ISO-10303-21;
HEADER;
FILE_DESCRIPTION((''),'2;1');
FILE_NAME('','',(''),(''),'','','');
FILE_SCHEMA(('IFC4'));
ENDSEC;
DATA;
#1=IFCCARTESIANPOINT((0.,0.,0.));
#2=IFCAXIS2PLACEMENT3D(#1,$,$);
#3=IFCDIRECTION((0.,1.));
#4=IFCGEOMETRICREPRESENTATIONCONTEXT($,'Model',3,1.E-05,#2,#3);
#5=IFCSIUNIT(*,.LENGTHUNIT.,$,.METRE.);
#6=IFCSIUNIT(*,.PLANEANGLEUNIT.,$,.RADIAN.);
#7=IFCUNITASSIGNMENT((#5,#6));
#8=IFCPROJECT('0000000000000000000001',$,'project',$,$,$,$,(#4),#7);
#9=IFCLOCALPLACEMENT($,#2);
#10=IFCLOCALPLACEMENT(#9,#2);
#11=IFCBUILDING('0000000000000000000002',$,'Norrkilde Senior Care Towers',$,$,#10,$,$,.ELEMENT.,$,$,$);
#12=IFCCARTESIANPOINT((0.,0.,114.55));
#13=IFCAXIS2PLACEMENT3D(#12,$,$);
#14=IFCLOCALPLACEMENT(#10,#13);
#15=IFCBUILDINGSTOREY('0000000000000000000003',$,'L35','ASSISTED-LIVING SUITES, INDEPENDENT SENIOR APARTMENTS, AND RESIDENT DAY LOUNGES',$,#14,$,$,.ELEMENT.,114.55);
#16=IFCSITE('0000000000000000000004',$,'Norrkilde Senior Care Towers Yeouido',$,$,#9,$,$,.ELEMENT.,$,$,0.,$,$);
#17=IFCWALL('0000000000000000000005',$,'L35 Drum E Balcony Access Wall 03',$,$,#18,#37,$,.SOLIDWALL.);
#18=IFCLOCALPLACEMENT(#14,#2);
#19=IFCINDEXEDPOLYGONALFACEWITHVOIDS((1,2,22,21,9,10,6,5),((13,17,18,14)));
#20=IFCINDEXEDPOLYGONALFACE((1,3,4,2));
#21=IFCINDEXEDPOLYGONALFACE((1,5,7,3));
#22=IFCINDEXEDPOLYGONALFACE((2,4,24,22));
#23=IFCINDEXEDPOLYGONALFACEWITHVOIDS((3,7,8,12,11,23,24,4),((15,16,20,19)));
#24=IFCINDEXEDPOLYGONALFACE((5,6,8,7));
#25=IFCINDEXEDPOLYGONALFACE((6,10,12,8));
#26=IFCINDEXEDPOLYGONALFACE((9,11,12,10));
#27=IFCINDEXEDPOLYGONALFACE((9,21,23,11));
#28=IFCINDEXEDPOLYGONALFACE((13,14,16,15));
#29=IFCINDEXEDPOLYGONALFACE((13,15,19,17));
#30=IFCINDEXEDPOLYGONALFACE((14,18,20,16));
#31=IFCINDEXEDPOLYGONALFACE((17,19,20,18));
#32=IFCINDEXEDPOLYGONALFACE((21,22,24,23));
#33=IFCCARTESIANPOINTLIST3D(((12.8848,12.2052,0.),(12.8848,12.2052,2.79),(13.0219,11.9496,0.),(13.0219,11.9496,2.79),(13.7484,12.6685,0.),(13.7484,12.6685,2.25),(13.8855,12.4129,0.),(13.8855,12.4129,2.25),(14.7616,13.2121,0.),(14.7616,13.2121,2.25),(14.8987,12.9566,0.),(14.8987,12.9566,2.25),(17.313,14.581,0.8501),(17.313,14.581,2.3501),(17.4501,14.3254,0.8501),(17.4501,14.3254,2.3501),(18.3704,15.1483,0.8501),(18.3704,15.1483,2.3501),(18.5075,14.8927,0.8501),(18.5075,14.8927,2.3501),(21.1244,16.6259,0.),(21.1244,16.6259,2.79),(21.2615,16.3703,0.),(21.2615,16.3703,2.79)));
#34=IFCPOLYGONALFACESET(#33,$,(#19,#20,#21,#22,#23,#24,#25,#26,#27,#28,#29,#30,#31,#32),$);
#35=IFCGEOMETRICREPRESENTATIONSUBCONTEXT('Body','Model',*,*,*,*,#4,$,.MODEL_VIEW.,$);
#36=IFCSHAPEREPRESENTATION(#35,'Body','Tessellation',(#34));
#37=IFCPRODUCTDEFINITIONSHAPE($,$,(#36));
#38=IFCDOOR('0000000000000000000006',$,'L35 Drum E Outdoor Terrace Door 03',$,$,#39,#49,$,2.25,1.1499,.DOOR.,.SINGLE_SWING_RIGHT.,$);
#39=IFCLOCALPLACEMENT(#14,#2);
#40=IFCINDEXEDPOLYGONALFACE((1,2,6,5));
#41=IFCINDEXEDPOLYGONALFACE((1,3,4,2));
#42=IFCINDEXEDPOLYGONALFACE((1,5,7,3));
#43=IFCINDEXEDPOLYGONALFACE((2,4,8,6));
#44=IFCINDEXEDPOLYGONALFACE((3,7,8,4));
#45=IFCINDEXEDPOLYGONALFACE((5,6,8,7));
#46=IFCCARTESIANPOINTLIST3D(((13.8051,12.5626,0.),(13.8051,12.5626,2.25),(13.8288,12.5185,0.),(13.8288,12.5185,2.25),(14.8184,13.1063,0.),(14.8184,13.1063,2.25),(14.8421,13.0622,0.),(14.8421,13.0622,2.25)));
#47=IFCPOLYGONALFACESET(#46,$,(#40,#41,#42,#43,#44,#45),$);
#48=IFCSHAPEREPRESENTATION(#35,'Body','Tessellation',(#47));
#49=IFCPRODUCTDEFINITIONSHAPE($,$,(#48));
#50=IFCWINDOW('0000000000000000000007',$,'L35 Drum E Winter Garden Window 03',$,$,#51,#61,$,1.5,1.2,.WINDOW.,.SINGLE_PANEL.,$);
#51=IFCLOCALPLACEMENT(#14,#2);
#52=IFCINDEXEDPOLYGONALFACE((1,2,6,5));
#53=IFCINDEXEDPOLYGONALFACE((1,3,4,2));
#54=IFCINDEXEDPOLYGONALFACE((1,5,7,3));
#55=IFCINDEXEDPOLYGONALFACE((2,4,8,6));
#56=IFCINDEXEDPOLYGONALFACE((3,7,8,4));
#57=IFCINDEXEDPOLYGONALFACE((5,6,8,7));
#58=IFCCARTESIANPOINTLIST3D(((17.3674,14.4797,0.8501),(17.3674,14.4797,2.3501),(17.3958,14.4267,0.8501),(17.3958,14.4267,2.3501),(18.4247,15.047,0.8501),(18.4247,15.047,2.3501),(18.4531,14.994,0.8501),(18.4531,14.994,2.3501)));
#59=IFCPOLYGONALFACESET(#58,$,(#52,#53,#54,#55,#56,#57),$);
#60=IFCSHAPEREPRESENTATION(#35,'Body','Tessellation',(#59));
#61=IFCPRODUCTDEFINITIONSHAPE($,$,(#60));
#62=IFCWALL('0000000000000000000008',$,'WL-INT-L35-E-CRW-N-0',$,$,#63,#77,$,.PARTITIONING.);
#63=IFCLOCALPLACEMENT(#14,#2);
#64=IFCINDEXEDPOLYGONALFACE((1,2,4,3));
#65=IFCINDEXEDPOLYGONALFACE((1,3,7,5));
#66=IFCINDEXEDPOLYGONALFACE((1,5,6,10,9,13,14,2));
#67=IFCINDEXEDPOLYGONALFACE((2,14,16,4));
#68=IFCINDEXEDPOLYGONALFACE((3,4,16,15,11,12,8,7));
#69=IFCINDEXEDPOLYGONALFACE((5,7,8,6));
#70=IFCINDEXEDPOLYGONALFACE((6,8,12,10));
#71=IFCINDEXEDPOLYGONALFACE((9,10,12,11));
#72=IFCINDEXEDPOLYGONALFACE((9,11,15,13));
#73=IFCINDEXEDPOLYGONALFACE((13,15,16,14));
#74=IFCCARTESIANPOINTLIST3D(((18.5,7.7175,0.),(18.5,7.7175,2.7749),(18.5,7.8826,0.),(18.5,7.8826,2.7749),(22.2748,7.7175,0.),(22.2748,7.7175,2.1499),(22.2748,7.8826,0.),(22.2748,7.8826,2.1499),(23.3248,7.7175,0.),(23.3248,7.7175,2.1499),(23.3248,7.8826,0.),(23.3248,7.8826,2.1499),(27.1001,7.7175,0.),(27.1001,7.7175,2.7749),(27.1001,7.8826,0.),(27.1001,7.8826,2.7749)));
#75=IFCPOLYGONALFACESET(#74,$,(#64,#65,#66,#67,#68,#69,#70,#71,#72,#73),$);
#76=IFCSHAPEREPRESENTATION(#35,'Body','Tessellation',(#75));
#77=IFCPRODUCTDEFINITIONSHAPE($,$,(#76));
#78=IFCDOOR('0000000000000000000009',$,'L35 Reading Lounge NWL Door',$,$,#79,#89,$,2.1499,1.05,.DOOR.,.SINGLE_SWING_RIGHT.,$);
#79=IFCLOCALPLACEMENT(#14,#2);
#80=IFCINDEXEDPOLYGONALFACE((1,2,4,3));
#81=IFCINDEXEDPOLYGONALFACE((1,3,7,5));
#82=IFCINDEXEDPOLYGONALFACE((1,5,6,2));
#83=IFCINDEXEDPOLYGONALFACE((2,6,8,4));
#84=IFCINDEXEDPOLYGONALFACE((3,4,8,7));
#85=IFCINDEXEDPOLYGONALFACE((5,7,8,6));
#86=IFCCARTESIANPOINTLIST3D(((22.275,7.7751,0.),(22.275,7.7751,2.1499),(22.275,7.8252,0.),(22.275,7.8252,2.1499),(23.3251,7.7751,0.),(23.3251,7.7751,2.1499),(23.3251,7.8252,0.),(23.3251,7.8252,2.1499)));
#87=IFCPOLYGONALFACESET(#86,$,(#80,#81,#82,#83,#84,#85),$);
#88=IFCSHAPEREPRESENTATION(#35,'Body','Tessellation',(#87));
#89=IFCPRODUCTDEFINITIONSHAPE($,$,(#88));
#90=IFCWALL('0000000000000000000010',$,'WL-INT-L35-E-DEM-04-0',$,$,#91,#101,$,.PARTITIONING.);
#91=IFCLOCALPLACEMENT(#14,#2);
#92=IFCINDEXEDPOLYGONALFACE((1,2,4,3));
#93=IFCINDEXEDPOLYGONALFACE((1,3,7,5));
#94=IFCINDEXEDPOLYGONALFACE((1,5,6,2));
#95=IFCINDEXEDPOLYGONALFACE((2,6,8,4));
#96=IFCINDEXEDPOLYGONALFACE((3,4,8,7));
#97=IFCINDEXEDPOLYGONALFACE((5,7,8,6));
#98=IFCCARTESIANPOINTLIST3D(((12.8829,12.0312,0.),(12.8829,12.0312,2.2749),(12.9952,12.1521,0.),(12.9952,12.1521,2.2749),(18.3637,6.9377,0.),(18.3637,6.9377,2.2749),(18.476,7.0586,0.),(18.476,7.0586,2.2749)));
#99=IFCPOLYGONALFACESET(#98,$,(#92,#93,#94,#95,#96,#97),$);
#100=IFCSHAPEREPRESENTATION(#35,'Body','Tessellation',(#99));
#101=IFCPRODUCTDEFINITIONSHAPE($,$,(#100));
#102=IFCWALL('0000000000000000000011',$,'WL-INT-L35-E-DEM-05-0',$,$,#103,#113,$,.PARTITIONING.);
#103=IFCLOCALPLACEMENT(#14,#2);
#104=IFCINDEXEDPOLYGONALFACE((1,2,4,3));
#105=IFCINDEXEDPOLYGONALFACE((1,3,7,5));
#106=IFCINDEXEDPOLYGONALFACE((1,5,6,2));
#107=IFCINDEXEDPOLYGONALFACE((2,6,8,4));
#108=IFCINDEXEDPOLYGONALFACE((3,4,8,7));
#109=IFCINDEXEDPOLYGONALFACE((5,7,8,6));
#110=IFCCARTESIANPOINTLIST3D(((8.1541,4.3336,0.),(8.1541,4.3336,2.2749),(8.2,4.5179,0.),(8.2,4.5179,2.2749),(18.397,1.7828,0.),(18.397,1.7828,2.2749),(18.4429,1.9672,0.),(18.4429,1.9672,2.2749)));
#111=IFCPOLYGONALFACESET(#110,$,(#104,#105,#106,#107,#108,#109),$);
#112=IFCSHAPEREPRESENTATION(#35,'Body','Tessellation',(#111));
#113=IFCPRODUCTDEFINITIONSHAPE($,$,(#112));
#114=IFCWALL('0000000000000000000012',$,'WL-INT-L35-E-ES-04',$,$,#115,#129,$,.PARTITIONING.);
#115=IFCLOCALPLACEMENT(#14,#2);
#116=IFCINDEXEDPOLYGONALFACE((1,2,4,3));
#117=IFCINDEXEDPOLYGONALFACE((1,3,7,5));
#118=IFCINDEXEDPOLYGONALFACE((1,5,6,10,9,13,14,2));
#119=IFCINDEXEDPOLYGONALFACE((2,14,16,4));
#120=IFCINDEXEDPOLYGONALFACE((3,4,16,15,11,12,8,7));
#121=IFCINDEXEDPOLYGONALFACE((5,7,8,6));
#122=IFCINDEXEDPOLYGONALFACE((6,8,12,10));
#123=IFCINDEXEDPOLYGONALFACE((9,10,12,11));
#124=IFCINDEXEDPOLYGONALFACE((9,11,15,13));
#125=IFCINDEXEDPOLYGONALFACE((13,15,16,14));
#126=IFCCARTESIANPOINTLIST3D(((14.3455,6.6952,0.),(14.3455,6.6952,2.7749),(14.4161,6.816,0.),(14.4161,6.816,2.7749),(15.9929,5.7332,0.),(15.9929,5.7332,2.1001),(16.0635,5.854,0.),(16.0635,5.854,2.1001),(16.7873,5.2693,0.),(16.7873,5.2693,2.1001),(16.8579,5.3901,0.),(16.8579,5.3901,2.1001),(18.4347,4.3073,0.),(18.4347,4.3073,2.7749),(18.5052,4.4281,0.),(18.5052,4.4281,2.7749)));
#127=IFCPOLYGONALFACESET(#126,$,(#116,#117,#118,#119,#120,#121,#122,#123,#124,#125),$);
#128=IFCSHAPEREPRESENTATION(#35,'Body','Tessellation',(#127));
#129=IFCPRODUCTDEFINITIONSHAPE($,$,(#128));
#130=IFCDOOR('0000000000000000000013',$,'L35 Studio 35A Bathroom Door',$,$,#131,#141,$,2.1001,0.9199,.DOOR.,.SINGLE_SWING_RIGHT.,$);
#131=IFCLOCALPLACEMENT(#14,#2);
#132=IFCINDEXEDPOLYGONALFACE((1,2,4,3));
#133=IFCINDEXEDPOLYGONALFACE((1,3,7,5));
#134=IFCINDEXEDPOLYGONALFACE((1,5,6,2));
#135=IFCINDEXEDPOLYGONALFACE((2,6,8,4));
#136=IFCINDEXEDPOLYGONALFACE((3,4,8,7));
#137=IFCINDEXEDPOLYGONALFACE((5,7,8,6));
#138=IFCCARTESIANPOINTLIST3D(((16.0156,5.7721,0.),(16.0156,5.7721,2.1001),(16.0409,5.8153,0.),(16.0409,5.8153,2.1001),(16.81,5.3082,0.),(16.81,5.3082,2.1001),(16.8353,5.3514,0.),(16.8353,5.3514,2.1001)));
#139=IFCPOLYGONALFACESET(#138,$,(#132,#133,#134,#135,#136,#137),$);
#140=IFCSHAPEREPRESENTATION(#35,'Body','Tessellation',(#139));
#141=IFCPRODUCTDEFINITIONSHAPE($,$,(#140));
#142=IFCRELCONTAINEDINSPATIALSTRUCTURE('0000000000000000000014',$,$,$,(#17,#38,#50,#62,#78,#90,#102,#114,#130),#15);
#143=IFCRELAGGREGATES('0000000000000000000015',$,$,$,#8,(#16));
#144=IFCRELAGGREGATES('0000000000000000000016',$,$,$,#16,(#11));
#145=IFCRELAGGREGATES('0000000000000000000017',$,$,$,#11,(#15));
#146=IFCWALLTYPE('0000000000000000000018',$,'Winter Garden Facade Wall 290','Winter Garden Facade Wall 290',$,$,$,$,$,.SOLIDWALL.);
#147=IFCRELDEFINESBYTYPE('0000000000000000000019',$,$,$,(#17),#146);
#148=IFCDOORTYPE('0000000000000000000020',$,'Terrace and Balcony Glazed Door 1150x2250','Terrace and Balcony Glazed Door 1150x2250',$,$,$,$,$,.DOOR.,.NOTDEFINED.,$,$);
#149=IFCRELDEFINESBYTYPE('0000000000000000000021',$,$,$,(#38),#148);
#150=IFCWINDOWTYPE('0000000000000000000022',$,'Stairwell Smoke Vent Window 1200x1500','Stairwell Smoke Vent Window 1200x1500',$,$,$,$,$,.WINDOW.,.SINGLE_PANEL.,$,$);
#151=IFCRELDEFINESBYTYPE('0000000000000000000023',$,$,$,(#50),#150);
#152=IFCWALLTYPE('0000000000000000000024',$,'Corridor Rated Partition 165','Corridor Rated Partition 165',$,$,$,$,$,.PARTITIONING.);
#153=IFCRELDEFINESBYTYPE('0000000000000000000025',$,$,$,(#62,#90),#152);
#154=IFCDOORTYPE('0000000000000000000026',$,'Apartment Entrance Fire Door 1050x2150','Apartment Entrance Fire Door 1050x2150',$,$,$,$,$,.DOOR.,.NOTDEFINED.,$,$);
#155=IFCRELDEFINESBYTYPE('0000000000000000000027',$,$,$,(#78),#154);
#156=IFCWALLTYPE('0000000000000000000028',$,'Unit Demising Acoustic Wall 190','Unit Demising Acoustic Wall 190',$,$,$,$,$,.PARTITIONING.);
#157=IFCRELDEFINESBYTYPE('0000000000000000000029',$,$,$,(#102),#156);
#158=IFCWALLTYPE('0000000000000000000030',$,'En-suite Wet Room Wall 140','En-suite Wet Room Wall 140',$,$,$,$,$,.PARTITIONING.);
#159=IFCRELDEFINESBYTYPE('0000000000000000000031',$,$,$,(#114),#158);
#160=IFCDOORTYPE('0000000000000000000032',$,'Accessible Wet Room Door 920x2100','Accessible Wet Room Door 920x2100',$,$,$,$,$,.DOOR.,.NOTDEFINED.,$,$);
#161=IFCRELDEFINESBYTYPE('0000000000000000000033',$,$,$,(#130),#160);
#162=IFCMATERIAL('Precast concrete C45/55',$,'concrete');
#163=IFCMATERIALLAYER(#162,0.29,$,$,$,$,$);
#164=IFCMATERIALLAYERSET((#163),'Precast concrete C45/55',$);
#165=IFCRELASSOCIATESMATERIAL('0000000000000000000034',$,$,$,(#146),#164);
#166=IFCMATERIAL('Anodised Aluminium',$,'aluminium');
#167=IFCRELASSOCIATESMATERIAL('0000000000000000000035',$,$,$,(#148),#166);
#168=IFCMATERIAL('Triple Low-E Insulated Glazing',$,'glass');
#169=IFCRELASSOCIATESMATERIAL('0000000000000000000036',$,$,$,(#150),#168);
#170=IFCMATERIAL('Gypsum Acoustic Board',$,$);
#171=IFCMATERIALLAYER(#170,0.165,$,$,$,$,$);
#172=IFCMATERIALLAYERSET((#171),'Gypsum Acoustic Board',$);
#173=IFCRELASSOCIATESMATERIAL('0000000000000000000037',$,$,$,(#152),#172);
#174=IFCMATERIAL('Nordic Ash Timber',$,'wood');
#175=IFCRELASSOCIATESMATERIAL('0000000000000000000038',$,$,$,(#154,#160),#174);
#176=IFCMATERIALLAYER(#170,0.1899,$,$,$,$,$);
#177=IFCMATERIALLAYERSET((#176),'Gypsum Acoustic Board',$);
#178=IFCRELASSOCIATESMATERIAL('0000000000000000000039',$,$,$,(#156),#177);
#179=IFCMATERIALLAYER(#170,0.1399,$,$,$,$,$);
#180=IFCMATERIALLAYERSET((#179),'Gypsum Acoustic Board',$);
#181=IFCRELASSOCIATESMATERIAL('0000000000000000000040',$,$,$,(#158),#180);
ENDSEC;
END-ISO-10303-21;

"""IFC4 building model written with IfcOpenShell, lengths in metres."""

from ifc_helpers import new_model, si_unit, direction, frame, frame_2d, origin, place, context, subcontext, project, spatial, rectangle, extrude, source, transform, mapped, material, layer, layer_set, type_object, type_shapes, element, fill, save


model = new_model("IFC4")

# Units and contexts
model_context = context("Model", 3, precision=1e-05, world=origin(), true_north=direction((0.0, 1.0)))
body_context = subcontext(model_context, "Body", "Model", "MODEL_VIEW")
ifc_project = project(units=[si_unit("LENGTHUNIT", "METRE"), si_unit("PLANEANGLEUNIT", "RADIAN")], contexts=[model_context])

# Site, building, storey
site_placement = place(None, origin())
site = spatial("IfcSite", under=ifc_project, at=site_placement, Name="Norrkilde Senior Care Towers Yeouido", CompositionType="ELEMENT", RefElevation=0.0)
building_placement = place(site_placement, origin())
building = spatial("IfcBuilding", under=site, at=building_placement, Name="Norrkilde Senior Care Towers", CompositionType="ELEMENT")
storey_placement = place(building_placement, frame((0.0, 0.0, 114.55)))
storey = spatial("IfcBuildingStorey", under=building, at=storey_placement, Name="L35", Description="ASSISTED-LIVING SUITES, INDEPENDENT SENIOR APARTMENTS, AND RESIDENT DAY LOUNGES", CompositionType="ELEMENT", Elevation=114.55)

# Shared definitions
ifc_material_1 = material(Name="Triple Low-E Insulated Glazing", Category="glass")
ifc_material_2 = material(Name="Anodised Aluminium", Category="aluminium")

# Wall, openings, door, window
ifc_material_3 = material(Name="Precast concrete C45/55", Category="concrete")
ifc_layer_1 = layer(ifc_material_3, 0.29)
ifc_layer_set_1 = layer_set([ifc_layer_1], Name="Precast concrete C45/55")
wall_type_1 = type_object("IfcWallType", Name="Winter Garden Facade Wall 290", Description="Winter Garden Facade Wall 290", PredefinedType="SOLIDWALL", material=ifc_layer_set_1)
shared_shape_1 = source(origin(), body_context, "Body", "SweptSolid", [
    extrude(rectangle(XDim=9.3506, YDim=0.29, at=frame_2d((4.6753, 0.0))), origin(), (0.0, 0.0, 1.0), 2.79),
])
type_shapes(wall_type_1, [shared_shape_1])
wall_1_placement = place(storey_placement, frame((12.9534, 12.0774, 0.0), z_axis=(0.0, 0.0, 1.0), x_axis=(0.881184, 0.472773, 0.0)))
wall_1 = element("IfcWall", 1, at=wall_1_placement, inside=storey, type_object=wall_type_1, Name="L35 Drum E Balcony Access Wall 03", PredefinedType="SOLIDWALL", context=body_context, shape_type="MappedRepresentation", body=[
    mapped(shared_shape_1, transform((0.0, 0.0, 0.0), x_axis=(1.0, 0.0, 0.0), y_axis=(0.0, 1.0, 0.0), z_axis=(0.0, 0.0, 1.0), scale=1.0)),
])
opening_1_placement = place(wall_1_placement, frame((0.98, 0.0, 0.0)))
opening_1 = element("IfcOpeningElement", 2, at=opening_1_placement, cuts=wall_1, PredefinedType="OPENING", context=body_context, shape_type="SweptSolid", body=[
    extrude(rectangle(XDim=1.1499, YDim=2.25, at=frame_2d((0.575, 1.125))), frame((0.0, 0.155, 0.0), z_axis=(0.0, -1.0, 0.0), x_axis=(1.0, 0.0, 0.0)), (0.0, 0.0, 1.0), 0.3101),
])
opening_2_placement = place(wall_1_placement, frame((5.0251, 0.0, 0.8501)))
opening_2 = element("IfcOpeningElement", 3, at=opening_2_placement, cuts=wall_1, PredefinedType="OPENING", context=body_context, shape_type="SweptSolid", body=[
    extrude(rectangle(XDim=1.2, YDim=1.5, at=frame_2d((0.6001, 0.75))), frame((0.0, 0.155, 0.0), z_axis=(0.0, -1.0, 0.0), x_axis=(1.0, 0.0, 0.0)), (0.0, 0.0, 1.0), 0.3101),
])
door_type_1 = type_object("IfcDoorType", Name="Terrace and Balcony Glazed Door 1150x2250", Description="Terrace and Balcony Glazed Door 1150x2250", OperationType="NOTDEFINED", PredefinedType="DOOR", material=ifc_material_2)
shared_shape_2 = source(origin(), body_context, "Body", "SweptSolid", [
    extrude(rectangle(XDim=1.1499, YDim=2.25, at=frame_2d((0.575, 1.125))), frame((0.0, 0.0249, 0.0), z_axis=(0.0, -1.0, 0.0), x_axis=(1.0, 0.0, 0.0)), (0.0, 0.0, 1.0), 0.05),
])
type_shapes(door_type_1, [shared_shape_2])
door_1_placement = place(opening_1_placement, origin())
door_1 = element("IfcDoor", 4, at=door_1_placement, inside=storey, type_object=door_type_1, Name="L35 Drum E Outdoor Terrace Door 03", OperationType="SINGLE_SWING_RIGHT", OverallHeight=2.25, OverallWidth=1.1499, PredefinedType="DOOR", context=body_context, shape_type="MappedRepresentation", body=[
    mapped(shared_shape_2, transform((0.0, 0.0, 0.0), x_axis=(1.0, 0.0, 0.0), y_axis=(0.0, 1.0, 0.0), z_axis=(0.0, 0.0, 1.0), scale=1.0)),
])
fill(opening_1, door_1)
window_type = type_object("IfcWindowType", Name="Stairwell Smoke Vent Window 1200x1500", Description="Stairwell Smoke Vent Window 1200x1500", PartitioningType="SINGLE_PANEL", PredefinedType="WINDOW", material=ifc_material_1)
shared_shape_3 = source(origin(), body_context, "Body", "SweptSolid", [
    extrude(rectangle(XDim=1.2, YDim=1.5, at=frame_2d((0.6001, 0.75))), frame((0.0, 0.03, 0.0), z_axis=(0.0, -1.0, 0.0), x_axis=(1.0, 0.0, 0.0)), (0.0, 0.0, 1.0), 0.0601),
])
type_shapes(window_type, [shared_shape_3])
window_placement = place(opening_2_placement, origin())
window = element("IfcWindow", 5, at=window_placement, inside=storey, type_object=window_type, Name="L35 Drum E Winter Garden Window 03", OverallHeight=1.5, OverallWidth=1.2, PartitioningType="SINGLE_PANEL", PredefinedType="WINDOW", context=body_context, shape_type="MappedRepresentation", body=[
    mapped(shared_shape_3, transform((0.0, 0.0, 0.0), x_axis=(1.0, 0.0, 0.0), y_axis=(0.0, 1.0, 0.0), z_axis=(0.0, 0.0, 1.0), scale=1.0)),
])
fill(opening_2, window)

# Wall, opening, door
ifc_material_4 = material(Name="Gypsum Acoustic Board")
ifc_layer_2 = layer(ifc_material_4, 0.165)
ifc_layer_set_2 = layer_set([ifc_layer_2], Name="Gypsum Acoustic Board")
wall_type_2 = type_object("IfcWallType", Name="Corridor Rated Partition 165", Description="Corridor Rated Partition 165", PredefinedType="PARTITIONING", material=ifc_layer_set_2)
shared_shape_4 = source(origin(), body_context, "Body", "SweptSolid", [
    extrude(rectangle(XDim=8.6001, YDim=0.165, at=frame_2d((4.3, 0.0))), origin(), (0.0, 0.0, 1.0), 2.7749),
])
wall_2_placement = place(storey_placement, frame((18.5, 7.8, 0.0), z_axis=(0.0, 0.0, 1.0), x_axis=(1.0, 0.0, 0.0)))
wall_2 = element("IfcWall", 6, at=wall_2_placement, inside=storey, type_object=wall_type_2, Name="WL-INT-L35-E-CRW-N-0", PredefinedType="PARTITIONING", context=body_context, shape_type="MappedRepresentation", body=[
    mapped(shared_shape_4, transform((0.0, 0.0, 0.0), x_axis=(1.0, 0.0, 0.0), y_axis=(0.0, 1.0, 0.0), z_axis=(0.0, 0.0, 1.0), scale=1.0)),
])
opening_3_placement = place(wall_2_placement, frame((3.7749, 0.0, 0.0)))
opening_3 = element("IfcOpeningElement", 7, at=opening_3_placement, cuts=wall_2, PredefinedType="OPENING", context=body_context, shape_type="SweptSolid", body=[
    extrude(rectangle(XDim=1.05, YDim=2.1499, at=frame_2d((0.5249, 1.075))), frame((0.0, 0.0925, 0.0), z_axis=(0.0, -1.0, 0.0), x_axis=(1.0, 0.0, 0.0)), (0.0, 0.0, 1.0), 0.1851),
])
ifc_material_5 = material(Name="Nordic Ash Timber", Category="wood")
door_type_2 = type_object("IfcDoorType", Name="Apartment Entrance Fire Door 1050x2150", Description="Apartment Entrance Fire Door 1050x2150", OperationType="NOTDEFINED", PredefinedType="DOOR", material=ifc_material_5)
shared_shape_5 = source(origin(), body_context, "Body", "SweptSolid", [
    extrude(rectangle(XDim=1.05, YDim=2.1499, at=frame_2d((0.5249, 1.075))), frame((0.0, 0.0249, 0.0), z_axis=(0.0, -1.0, 0.0), x_axis=(1.0, 0.0, 0.0)), (0.0, 0.0, 1.0), 0.05),
])
type_shapes(door_type_2, [shared_shape_5])
door_2_placement = place(opening_3_placement, frame((1.05, 0.0, 0.0), z_axis=(0.0, 0.0, 1.0), x_axis=(-1.0, 0.0, 0.0)))
door_2 = element("IfcDoor", 8, at=door_2_placement, inside=storey, type_object=door_type_2, Name="L35 Reading Lounge NWL Door", OperationType="SINGLE_SWING_RIGHT", OverallHeight=2.1499, OverallWidth=1.05, PredefinedType="DOOR", context=body_context, shape_type="MappedRepresentation", body=[
    mapped(shared_shape_5, transform((0.0, 0.0, 0.0), x_axis=(1.0, 0.0, 0.0), y_axis=(0.0, 1.0, 0.0), z_axis=(0.0, 0.0, 1.0), scale=1.0)),
])
fill(opening_3, door_2)

# Walls
shared_shape_6 = source(origin(), body_context, "Body", "SweptSolid", [
    extrude(rectangle(XDim=7.4822, YDim=0.165, at=frame_2d((3.7412, 0.0))), origin(), (0.0, 0.0, 1.0), 2.2749),
])
type_shapes(wall_type_2, [shared_shape_4, shared_shape_6])
wall_3_placement = place(storey_placement, frame((18.4199, 6.998, 0.0), z_axis=(0.0, 0.0, 1.0), x_axis=(-0.732509, 0.680758, 0.0)))
element("IfcWall", 9, at=wall_3_placement, inside=storey, type_object=wall_type_2, Name="WL-INT-L35-E-DEM-04-0", PredefinedType="PARTITIONING", context=body_context, shape_type="MappedRepresentation", body=[
    mapped(shared_shape_6, transform((0.0, 0.0, 0.0), x_axis=(1.0, 0.0, 0.0), y_axis=(0.0, 1.0, 0.0), z_axis=(0.0, 0.0, 1.0), scale=1.0)),
])
ifc_layer_3 = layer(ifc_material_4, 0.1899)
ifc_layer_set_3 = layer_set([ifc_layer_3], Name="Gypsum Acoustic Board")
wall_type_3 = type_object("IfcWallType", Name="Unit Demising Acoustic Wall 190", Description="Unit Demising Acoustic Wall 190", PredefinedType="PARTITIONING", material=ifc_layer_set_3)
shared_shape_7 = source(origin(), body_context, "Body", "SweptSolid", [
    extrude(rectangle(XDim=10.5557, YDim=0.1899, at=frame_2d((5.2778, 0.0))), origin(), (0.0, 0.0, 1.0), 2.2749),
])
type_shapes(wall_type_3, [shared_shape_7])
wall_4_placement = place(storey_placement, frame((18.4199, 1.875, 0.0), z_axis=(0.0, 0.0, 1.0), x_axis=(-0.970364, 0.241648, 0.0)))
element("IfcWall", 10, at=wall_4_placement, inside=storey, type_object=wall_type_3, Name="WL-INT-L35-E-DEM-05-0", PredefinedType="PARTITIONING", context=body_context, shape_type="MappedRepresentation", body=[
    mapped(shared_shape_7, transform((0.0, 0.0, 0.0), x_axis=(1.0, 0.0, 0.0), y_axis=(0.0, 1.0, 0.0), z_axis=(0.0, 0.0, 1.0), scale=1.0)),
])

# Wall, opening, door
ifc_layer_4 = layer(ifc_material_4, 0.1399)
ifc_layer_set_4 = layer_set([ifc_layer_4], Name="Gypsum Acoustic Board")
wall_type_4 = type_object("IfcWallType", Name="En-suite Wet Room Wall 140", Description="En-suite Wet Room Wall 140", PredefinedType="PARTITIONING", material=ifc_layer_set_4)
shared_shape_8 = source(origin(), body_context, "Body", "SweptSolid", [
    extrude(rectangle(XDim=4.7354, YDim=0.1399, at=frame_2d((2.3677, 0.0))), origin(), (0.0, 0.0, 1.0), 2.7749),
])
wall_5_placement = place(storey_placement, frame((18.47, 4.3677, 0.0), z_axis=(0.0, 0.0, 1.0), x_axis=(-0.863538, 0.504284, 0.0)))
wall_5 = element("IfcWall", 11, at=wall_5_placement, inside=storey, type_object=wall_type_4, Name="WL-INT-L35-E-ES-04", PredefinedType="PARTITIONING", context=body_context, shape_type="MappedRepresentation", body=[
    mapped(shared_shape_8, transform((0.0, 0.0, 0.0), x_axis=(1.0, 0.0, 0.0), y_axis=(0.0, 1.0, 0.0), z_axis=(0.0, 0.0, 1.0), scale=1.0)),
])
opening_4_placement = place(wall_5_placement, frame((1.9077, 0.0, 0.0)))
opening_4 = element("IfcOpeningElement", 12, at=opening_4_placement, cuts=wall_5, PredefinedType="OPENING", context=body_context, shape_type="SweptSolid", body=[
    extrude(rectangle(XDim=0.9199, YDim=2.1001, at=frame_2d((0.46, 1.05))), frame((0.0, 0.0798, 0.0), z_axis=(0.0, -1.0, 0.0), x_axis=(1.0, 0.0, 0.0)), (0.0, 0.0, 1.0), 0.1599),
])
door_type_3 = type_object("IfcDoorType", Name="Accessible Wet Room Door 920x2100", Description="Accessible Wet Room Door 920x2100", OperationType="NOTDEFINED", PredefinedType="DOOR", material=ifc_material_5)
shared_shape_9 = source(origin(), body_context, "Body", "SweptSolid", [
    extrude(rectangle(XDim=0.9199, YDim=2.1001, at=frame_2d((0.46, 1.05))), frame((0.0, 0.0249, 0.0), z_axis=(0.0, -1.0, 0.0), x_axis=(1.0, 0.0, 0.0)), (0.0, 0.0, 1.0), 0.05),
])
type_shapes(door_type_3, [shared_shape_9])
door_3_placement = place(opening_4_placement, origin())
door_3 = element("IfcDoor", 13, at=door_3_placement, inside=storey, type_object=door_type_3, Name="L35 Studio 35A Bathroom Door", OperationType="SINGLE_SWING_RIGHT", OverallHeight=2.1001, OverallWidth=0.9199, PredefinedType="DOOR", context=body_context, shape_type="MappedRepresentation", body=[
    mapped(shared_shape_9, transform((0.0, 0.0, 0.0), x_axis=(1.0, 0.0, 0.0), y_axis=(0.0, 1.0, 0.0), z_axis=(0.0, 0.0, 1.0), scale=1.0)),
])
fill(opening_4, door_3)

save(model, "model.ifc")
